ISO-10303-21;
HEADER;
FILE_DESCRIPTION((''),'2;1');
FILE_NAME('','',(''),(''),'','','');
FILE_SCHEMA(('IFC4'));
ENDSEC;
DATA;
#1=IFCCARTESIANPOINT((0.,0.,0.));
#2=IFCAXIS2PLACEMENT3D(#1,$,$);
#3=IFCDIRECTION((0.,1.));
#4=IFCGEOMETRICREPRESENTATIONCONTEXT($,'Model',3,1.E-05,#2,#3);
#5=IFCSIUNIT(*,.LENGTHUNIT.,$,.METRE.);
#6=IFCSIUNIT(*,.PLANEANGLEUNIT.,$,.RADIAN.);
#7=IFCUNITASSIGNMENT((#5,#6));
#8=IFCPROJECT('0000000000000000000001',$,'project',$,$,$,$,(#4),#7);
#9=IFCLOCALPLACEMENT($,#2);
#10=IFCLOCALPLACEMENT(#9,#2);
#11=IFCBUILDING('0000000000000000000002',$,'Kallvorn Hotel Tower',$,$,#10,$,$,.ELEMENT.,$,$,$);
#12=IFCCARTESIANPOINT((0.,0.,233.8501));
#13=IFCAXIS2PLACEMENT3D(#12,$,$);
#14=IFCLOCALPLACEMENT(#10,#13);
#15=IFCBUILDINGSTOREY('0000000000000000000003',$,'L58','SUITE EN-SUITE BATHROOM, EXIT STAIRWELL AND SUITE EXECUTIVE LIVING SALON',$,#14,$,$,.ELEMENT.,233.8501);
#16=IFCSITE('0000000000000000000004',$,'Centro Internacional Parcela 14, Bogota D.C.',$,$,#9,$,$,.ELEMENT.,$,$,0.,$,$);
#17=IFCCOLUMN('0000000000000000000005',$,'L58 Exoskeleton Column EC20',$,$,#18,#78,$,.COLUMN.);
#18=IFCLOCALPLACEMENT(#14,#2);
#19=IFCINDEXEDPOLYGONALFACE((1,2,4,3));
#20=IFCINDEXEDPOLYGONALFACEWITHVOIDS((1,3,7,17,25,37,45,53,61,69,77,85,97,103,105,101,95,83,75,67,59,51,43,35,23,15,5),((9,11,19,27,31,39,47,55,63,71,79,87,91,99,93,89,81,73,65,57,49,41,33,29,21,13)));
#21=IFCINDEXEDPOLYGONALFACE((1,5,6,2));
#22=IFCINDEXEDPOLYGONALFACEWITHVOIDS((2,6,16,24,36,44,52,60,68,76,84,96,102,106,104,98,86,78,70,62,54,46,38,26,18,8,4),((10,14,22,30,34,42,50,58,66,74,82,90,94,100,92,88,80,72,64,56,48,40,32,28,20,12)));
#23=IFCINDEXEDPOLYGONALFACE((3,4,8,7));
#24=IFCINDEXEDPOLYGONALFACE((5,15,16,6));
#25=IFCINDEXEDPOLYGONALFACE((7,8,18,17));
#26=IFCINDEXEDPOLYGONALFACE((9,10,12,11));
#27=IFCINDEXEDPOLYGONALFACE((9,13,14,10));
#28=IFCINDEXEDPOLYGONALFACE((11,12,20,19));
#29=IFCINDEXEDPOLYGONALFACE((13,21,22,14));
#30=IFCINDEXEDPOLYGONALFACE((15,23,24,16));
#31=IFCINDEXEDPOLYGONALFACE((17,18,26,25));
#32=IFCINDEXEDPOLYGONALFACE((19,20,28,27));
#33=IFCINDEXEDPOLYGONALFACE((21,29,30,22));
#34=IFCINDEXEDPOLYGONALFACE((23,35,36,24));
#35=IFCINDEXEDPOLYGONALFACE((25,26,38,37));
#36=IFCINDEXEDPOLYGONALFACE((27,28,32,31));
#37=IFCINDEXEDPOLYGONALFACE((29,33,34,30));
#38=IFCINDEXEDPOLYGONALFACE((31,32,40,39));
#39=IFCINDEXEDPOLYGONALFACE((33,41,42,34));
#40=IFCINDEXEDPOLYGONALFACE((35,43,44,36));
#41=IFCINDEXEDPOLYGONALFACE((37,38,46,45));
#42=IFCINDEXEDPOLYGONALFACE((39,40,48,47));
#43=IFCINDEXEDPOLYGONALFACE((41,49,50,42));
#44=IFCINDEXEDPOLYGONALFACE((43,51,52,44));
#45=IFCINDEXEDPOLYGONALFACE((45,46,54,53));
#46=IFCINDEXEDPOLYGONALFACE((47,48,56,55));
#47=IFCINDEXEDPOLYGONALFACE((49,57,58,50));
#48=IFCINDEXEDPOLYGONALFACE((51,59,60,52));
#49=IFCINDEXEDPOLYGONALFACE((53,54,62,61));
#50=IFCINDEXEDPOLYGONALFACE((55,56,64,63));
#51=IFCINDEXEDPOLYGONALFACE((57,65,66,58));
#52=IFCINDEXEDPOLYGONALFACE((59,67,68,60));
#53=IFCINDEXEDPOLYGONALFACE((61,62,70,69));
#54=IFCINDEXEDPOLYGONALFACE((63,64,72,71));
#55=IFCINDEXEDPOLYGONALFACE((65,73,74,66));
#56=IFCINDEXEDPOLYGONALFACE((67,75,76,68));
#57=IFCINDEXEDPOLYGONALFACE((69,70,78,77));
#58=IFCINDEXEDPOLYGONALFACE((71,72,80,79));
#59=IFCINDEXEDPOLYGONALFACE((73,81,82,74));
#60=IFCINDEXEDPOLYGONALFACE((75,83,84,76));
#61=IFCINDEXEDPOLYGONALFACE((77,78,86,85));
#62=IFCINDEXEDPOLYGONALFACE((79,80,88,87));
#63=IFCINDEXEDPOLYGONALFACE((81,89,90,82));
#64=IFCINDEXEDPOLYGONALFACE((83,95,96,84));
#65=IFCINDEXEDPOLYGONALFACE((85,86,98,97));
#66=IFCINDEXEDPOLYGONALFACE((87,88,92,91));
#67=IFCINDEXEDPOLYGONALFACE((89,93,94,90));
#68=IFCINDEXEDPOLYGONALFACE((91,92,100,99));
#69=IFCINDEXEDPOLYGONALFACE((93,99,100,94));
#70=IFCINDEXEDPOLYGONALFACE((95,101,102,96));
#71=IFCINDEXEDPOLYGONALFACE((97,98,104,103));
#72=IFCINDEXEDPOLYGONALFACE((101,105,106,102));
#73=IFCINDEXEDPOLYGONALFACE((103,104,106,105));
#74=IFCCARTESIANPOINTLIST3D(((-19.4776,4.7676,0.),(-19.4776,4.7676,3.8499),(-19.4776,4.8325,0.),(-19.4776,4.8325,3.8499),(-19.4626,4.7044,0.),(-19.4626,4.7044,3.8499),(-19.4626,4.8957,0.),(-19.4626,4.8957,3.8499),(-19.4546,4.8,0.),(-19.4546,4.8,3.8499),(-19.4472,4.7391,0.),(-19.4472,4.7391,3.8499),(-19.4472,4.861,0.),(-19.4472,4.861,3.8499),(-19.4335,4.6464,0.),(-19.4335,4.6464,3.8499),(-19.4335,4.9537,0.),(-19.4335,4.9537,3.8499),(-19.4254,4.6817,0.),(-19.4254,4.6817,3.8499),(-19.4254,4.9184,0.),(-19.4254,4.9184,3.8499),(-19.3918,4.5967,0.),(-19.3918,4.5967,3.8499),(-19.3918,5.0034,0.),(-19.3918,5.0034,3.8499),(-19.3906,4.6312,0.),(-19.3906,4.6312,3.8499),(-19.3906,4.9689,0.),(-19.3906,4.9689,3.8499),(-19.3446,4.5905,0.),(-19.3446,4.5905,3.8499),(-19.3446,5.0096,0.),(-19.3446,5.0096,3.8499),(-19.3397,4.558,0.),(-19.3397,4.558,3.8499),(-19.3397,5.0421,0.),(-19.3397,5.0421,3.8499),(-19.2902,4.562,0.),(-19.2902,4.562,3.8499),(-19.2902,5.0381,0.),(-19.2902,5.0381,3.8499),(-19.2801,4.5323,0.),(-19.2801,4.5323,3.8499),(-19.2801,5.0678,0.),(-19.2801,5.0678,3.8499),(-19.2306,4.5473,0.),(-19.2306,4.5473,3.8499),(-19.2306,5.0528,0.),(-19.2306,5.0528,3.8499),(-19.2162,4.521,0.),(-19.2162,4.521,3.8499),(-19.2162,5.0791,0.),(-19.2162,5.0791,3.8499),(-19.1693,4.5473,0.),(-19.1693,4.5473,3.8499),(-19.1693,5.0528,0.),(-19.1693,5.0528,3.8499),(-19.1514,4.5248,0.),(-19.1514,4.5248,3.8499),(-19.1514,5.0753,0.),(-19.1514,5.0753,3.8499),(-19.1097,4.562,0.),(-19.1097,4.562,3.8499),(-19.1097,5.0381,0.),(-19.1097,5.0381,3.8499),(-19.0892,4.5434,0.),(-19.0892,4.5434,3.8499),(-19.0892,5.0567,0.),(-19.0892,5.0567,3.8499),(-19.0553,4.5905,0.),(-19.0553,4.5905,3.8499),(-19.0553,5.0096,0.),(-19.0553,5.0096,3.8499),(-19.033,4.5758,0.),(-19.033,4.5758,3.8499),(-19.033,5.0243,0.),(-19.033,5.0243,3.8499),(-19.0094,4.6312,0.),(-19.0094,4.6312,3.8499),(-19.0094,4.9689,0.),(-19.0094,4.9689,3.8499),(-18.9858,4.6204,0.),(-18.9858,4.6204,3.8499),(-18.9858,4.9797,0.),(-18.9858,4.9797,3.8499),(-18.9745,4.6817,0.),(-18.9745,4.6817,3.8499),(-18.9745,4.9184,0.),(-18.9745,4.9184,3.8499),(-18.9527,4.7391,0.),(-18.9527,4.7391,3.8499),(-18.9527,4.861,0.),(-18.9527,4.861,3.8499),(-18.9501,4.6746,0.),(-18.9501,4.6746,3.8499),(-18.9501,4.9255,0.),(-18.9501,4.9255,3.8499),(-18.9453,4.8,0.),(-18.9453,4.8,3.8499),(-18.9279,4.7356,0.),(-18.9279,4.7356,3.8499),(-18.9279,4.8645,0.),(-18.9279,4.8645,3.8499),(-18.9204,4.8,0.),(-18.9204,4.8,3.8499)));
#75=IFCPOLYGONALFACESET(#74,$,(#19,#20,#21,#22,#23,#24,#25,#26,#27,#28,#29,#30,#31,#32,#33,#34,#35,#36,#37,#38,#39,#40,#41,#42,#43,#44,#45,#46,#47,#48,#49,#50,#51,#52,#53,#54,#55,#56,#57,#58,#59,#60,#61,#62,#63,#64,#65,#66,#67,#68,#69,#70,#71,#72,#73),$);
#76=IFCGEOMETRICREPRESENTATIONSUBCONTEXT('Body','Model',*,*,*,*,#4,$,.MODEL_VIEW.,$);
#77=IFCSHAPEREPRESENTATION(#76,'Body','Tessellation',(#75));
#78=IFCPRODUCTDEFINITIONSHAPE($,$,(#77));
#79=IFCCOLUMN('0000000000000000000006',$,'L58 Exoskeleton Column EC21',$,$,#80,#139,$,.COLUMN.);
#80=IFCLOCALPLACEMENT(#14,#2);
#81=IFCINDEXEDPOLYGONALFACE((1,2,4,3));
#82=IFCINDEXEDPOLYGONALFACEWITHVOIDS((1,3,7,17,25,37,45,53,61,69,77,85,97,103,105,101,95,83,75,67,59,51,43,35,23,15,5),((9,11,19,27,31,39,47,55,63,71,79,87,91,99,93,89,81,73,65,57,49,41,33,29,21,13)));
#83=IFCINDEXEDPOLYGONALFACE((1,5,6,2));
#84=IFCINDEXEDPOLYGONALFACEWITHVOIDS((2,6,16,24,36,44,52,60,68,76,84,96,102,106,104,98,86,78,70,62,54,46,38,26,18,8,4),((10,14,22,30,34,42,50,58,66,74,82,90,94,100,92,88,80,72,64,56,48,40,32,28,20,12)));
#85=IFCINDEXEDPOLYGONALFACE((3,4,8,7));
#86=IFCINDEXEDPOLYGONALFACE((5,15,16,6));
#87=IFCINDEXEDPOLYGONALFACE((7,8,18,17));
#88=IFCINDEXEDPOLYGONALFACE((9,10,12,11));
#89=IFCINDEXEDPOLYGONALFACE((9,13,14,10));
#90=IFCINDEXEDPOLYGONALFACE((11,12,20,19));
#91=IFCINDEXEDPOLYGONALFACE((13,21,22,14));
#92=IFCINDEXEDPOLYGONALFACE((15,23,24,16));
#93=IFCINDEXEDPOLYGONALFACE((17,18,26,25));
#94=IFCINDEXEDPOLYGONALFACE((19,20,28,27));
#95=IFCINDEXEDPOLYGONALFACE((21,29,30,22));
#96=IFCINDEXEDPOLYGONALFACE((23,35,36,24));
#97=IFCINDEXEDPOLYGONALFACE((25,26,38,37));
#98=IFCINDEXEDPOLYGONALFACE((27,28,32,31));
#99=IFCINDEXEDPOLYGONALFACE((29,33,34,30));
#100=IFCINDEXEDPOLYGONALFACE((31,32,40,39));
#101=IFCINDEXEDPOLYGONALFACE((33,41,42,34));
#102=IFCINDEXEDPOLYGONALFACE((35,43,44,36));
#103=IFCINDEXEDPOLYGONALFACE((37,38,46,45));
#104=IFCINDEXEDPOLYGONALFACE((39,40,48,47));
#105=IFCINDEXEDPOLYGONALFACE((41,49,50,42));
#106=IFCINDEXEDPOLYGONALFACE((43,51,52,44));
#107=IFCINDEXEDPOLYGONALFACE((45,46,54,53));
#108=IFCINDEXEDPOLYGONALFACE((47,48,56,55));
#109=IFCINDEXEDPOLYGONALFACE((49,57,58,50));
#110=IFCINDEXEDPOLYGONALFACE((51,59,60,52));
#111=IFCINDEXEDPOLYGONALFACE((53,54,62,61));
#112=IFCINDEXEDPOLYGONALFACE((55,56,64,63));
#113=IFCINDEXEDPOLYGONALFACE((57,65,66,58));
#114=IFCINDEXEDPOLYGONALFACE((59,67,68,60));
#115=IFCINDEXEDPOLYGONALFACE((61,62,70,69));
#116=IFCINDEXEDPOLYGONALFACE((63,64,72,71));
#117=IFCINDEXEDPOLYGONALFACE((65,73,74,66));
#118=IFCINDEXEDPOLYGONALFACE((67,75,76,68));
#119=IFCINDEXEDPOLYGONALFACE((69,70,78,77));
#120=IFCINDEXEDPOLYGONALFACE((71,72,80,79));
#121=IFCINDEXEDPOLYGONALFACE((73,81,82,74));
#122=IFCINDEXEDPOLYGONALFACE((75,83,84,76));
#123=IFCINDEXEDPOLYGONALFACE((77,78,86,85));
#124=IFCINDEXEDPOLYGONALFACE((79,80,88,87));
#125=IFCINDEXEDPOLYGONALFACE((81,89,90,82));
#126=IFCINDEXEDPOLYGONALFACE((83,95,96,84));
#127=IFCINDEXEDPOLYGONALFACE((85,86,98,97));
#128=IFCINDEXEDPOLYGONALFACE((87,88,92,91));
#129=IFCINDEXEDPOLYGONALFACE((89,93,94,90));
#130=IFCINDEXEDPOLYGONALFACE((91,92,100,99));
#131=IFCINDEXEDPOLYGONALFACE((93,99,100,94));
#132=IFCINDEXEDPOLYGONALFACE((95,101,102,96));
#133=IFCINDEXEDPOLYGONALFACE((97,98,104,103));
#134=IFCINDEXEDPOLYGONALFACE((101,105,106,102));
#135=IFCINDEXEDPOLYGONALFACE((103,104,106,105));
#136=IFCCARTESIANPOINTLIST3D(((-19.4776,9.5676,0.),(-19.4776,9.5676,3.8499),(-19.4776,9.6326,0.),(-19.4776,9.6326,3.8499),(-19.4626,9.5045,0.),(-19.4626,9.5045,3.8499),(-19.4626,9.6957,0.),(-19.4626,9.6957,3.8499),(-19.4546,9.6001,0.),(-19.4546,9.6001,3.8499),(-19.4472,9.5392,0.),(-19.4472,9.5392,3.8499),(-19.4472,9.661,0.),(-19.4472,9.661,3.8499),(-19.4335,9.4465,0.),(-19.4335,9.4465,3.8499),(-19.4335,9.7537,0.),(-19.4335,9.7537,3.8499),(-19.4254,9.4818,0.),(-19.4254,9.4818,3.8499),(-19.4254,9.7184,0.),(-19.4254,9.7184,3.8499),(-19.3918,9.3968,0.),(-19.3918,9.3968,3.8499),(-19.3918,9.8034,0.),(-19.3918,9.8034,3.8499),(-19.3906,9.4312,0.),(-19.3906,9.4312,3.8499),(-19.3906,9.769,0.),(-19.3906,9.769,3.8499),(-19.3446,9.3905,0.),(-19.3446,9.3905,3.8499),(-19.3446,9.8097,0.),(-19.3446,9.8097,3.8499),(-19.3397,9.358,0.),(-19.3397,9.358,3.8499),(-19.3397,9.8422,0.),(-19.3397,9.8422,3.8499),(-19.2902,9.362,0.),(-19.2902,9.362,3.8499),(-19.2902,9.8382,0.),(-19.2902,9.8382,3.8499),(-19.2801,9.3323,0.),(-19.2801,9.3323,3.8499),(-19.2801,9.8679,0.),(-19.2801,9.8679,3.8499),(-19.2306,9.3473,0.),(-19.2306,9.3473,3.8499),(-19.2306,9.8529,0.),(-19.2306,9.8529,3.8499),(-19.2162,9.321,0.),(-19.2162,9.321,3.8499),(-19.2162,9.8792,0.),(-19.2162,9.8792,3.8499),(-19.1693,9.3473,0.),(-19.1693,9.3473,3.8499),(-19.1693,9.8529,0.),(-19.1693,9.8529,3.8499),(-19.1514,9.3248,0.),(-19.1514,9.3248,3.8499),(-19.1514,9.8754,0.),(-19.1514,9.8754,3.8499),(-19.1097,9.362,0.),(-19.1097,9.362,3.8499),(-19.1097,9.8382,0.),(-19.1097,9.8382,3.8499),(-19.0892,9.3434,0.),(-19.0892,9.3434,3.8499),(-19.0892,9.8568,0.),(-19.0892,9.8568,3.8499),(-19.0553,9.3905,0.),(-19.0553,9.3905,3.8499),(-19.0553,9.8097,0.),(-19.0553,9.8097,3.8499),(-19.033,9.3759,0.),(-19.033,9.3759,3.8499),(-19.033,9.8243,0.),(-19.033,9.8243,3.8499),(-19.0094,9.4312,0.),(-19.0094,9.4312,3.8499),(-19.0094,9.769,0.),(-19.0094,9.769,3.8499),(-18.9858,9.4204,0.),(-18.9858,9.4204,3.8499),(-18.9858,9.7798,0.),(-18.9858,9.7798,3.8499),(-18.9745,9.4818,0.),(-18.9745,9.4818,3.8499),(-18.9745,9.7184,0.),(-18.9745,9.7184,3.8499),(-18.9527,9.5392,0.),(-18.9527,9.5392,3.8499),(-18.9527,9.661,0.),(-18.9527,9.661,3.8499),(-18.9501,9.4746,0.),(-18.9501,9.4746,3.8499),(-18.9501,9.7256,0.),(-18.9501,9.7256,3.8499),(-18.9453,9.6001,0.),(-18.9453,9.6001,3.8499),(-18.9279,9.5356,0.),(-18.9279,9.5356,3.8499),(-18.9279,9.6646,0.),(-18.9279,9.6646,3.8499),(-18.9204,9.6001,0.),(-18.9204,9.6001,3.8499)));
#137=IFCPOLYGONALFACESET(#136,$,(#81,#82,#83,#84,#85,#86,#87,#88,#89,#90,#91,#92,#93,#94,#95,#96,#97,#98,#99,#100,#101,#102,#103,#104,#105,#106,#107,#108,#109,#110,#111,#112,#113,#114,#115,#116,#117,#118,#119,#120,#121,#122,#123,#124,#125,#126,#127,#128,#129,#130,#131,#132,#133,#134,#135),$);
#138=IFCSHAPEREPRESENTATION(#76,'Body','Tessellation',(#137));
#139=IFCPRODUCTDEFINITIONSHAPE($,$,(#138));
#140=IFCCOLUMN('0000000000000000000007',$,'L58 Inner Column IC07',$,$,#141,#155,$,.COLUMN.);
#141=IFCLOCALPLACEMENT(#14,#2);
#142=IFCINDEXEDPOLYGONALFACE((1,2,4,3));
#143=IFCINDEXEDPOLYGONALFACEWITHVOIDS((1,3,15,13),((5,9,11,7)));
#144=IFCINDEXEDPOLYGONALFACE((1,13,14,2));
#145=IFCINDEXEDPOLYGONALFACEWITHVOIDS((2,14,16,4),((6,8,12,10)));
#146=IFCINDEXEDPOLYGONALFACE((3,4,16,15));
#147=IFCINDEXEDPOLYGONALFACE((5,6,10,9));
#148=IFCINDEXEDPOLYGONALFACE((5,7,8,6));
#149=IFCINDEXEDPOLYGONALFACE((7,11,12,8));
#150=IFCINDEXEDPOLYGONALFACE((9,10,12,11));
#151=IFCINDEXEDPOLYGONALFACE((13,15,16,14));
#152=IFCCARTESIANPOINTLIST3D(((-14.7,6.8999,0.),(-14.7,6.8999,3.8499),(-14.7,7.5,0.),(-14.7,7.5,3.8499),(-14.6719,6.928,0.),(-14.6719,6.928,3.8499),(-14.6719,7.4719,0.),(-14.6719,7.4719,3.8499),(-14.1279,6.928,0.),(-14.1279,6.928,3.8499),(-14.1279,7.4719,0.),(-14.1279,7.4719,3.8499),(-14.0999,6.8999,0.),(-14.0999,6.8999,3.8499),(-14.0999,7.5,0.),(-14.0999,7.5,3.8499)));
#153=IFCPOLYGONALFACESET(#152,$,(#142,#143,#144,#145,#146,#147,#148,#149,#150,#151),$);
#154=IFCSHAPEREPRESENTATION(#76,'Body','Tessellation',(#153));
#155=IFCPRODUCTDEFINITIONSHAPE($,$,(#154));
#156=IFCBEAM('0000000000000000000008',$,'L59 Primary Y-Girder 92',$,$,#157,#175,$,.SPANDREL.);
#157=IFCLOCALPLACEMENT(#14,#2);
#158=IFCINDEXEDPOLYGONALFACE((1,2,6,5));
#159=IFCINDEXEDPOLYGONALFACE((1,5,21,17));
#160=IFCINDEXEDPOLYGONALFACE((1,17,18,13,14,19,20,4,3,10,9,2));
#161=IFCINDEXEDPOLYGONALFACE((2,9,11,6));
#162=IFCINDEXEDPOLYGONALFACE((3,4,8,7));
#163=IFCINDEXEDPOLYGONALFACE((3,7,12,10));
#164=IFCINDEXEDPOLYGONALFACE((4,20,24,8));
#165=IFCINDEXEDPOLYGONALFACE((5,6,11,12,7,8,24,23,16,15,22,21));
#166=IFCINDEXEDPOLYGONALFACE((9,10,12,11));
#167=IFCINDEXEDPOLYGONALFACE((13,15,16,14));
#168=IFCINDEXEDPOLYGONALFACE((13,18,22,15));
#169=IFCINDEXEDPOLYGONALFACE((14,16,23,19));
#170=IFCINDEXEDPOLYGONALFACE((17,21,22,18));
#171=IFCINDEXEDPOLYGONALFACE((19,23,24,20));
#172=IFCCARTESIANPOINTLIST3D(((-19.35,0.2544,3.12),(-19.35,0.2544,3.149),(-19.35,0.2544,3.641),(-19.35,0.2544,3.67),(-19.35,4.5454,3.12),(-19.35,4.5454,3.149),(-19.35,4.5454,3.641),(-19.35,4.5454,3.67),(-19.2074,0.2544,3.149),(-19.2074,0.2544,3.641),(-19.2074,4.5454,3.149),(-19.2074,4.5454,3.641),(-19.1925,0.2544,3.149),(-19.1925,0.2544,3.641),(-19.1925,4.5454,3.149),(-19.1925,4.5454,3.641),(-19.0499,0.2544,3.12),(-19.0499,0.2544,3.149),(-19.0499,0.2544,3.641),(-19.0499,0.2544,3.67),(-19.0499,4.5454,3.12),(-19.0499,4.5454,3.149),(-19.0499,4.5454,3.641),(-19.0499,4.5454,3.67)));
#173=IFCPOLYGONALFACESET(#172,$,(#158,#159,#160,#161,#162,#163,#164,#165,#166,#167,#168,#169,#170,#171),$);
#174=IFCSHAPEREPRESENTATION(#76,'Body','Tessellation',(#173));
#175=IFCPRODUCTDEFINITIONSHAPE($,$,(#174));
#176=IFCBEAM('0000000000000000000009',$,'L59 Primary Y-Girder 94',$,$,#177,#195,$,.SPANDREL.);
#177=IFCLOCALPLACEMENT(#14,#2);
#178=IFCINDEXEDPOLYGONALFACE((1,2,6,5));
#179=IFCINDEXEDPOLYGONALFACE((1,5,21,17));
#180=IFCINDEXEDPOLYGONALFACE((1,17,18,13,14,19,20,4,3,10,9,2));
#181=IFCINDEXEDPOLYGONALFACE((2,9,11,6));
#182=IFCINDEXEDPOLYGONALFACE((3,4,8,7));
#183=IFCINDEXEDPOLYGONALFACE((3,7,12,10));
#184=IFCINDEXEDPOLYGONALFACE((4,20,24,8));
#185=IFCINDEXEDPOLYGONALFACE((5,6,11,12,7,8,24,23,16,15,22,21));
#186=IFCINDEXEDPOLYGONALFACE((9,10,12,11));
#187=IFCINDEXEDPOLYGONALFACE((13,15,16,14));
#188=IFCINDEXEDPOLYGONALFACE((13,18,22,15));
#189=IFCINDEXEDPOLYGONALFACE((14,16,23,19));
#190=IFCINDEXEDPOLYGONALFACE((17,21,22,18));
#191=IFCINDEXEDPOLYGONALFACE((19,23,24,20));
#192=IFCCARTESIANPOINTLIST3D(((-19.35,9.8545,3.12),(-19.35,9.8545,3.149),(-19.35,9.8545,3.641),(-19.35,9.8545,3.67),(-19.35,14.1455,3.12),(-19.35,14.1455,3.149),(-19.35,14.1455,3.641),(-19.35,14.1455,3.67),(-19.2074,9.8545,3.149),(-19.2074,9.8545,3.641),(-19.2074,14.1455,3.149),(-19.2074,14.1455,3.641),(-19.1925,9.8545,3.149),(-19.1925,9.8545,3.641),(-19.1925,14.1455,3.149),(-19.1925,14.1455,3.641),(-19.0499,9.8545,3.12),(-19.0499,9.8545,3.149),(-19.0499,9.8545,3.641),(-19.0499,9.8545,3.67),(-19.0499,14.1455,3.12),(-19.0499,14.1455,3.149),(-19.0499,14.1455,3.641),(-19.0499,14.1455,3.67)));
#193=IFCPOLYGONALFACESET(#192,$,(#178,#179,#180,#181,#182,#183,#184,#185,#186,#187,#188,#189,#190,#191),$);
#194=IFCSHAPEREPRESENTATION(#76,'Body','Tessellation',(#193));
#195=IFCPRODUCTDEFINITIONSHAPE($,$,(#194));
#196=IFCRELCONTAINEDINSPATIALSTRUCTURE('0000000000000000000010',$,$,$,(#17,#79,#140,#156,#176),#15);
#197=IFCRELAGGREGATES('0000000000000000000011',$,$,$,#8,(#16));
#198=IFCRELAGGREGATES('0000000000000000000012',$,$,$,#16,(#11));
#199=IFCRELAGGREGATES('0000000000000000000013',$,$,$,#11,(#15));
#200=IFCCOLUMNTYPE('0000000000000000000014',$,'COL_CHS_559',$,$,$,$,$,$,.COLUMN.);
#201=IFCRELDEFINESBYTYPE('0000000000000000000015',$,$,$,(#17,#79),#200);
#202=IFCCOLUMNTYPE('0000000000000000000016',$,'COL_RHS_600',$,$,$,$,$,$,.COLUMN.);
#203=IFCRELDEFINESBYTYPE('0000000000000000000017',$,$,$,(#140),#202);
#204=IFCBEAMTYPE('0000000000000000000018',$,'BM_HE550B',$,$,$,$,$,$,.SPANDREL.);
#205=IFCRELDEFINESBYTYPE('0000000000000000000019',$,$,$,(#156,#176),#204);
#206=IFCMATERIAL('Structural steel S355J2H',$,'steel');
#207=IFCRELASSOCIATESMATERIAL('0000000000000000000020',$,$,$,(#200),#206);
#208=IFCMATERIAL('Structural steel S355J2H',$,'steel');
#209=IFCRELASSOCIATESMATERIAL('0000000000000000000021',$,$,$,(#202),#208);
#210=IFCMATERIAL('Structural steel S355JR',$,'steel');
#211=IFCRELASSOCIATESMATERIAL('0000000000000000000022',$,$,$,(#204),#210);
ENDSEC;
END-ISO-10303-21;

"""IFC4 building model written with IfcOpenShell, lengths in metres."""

from ifc_helpers import new_model, si_unit, direction, frame, origin, origin_2d, place, context, subcontext, project, spatial, hollow_rectangle, hollow_circle, i_section, extrude, material, material_profile, profile_set, type_object, element, save


model = new_model("IFC4")

# Units and contexts
model_context = context("Model", 3, precision=1e-05, world=origin(), true_north=direction((0.0, 1.0)))
body_context = subcontext(model_context, "Body", "Model", "MODEL_VIEW")
ifc_project = project(units=[si_unit("LENGTHUNIT", "METRE"), si_unit("PLANEANGLEUNIT", "RADIAN")], contexts=[model_context])

# Site, building, storey
site_placement = place(None, origin())
site = spatial("IfcSite", under=ifc_project, at=site_placement, Name="Centro Internacional Parcela 14, Bogota D.C.", CompositionType="ELEMENT", RefElevation=0.0)
building_placement = place(site_placement, origin())
building = spatial("IfcBuilding", under=site, at=building_placement, Name="Kallvorn Hotel Tower", CompositionType="ELEMENT")
storey_placement = place(building_placement, frame((0.0, 0.0, 233.8501)))
storey = spatial("IfcBuildingStorey", under=building, at=storey_placement, Name="L58", Description="SUITE EN-SUITE BATHROOM, EXIT STAIRWELL AND SUITE EXECUTIVE LIVING SALON", CompositionType="ELEMENT", Elevation=233.8501)

# Columns
ifc_material_1 = material(Name="Structural steel S355J2H", Category="steel")
ifc_material_profile_1 = material_profile(ifc_material_1, hollow_circle(Radius=0.2795, WallThickness=0.0249, at=origin_2d()), Name="CHS 559x25")
ifc_profile_set_1 = profile_set([ifc_material_profile_1], Name="Structural steel S355J2H")
column_type_1 = type_object("IfcColumnType", Name="COL_CHS_559", PredefinedType="COLUMN", material=ifc_profile_set_1)
for number, where, z_axis, x_axis, name in (
    (1, (-19.2, 4.8, 0.0), (0.0, 0.0, 1.0), (1.0, 0.0, 0.0), "L58 Exoskeleton Column EC20"),
    (2, (-19.2, 9.6001, 0.0), (0.0, 0.0, 1.0), (1.0, 0.0, 0.0), "L58 Exoskeleton Column EC21"),
):
    element("IfcColumn", number, at=place(storey_placement, frame(where, z_axis=z_axis, x_axis=x_axis)), inside=storey, type_object=column_type_1, Name=name, PredefinedType="COLUMN", context=body_context, shape_type="SweptSolid", body=[
        extrude(hollow_circle(Radius=0.2795, WallThickness=0.0249, at=origin_2d()), origin(), (0.0, 0.0, 1.0), 3.8499),
    ])
ifc_material_2 = material(Name="Structural steel S355J2H", Category="steel")
ifc_material_profile_2 = material_profile(ifc_material_2, hollow_rectangle(XDim=0.6001, YDim=0.6001, WallThickness=0.0281, at=origin_2d()), Name="RHS 600x600x28")
ifc_profile_set_2 = profile_set([ifc_material_profile_2], Name="Structural steel S355J2H")
column_type_2 = type_object("IfcColumnType", Name="COL_RHS_600", PredefinedType="COLUMN", material=ifc_profile_set_2)
column_placement = place(storey_placement, frame((-14.3999, 7.2, 0.0), z_axis=(0.0, 0.0, 1.0), x_axis=(1.0, 0.0, 0.0)))
element("IfcColumn", 3, at=column_placement, inside=storey, type_object=column_type_2, Name="L58 Inner Column IC07", PredefinedType="COLUMN", context=body_context, shape_type="SweptSolid", body=[
    extrude(hollow_rectangle(XDim=0.6001, YDim=0.6001, WallThickness=0.0281, at=origin_2d()), origin(), (0.0, 0.0, 1.0), 3.8499),
])

# Beams
ifc_material_3 = material(Name="Structural steel S355JR", Category="steel")
ifc_material_profile_3 = material_profile(ifc_material_3, i_section(OverallWidth=0.3, OverallDepth=0.55, WebThickness=0.0149, FlangeThickness=0.0291, at=origin_2d()), Name="HE 550 B")
ifc_profile_set_3 = profile_set([ifc_material_profile_3], Name="Structural steel S355JR")
beam_type_1 = type_object("IfcBeamType", Name="BM_HE550B", PredefinedType="SPANDREL", material=ifc_profile_set_3)
for number, where, z_axis, x_axis, name in (
    (4, (-19.2, 0.2544, 3.395), (0.0, 1.0, 0.0), (-1.0, 0.0, 0.0), "L59 Primary Y-Girder 92"),
    (5, (-19.2, 9.8545, 3.395), (0.0, 1.0, 0.0), (-1.0, 0.0, 0.0), "L59 Primary Y-Girder 94"),
):
    element("IfcBeam", number, at=place(storey_placement, frame(where, z_axis=z_axis, x_axis=x_axis)), inside=storey, type_object=beam_type_1, Name=name, PredefinedType="SPANDREL", context=body_context, shape_type="SweptSolid", body=[
        extrude(i_section(OverallWidth=0.3, OverallDepth=0.55, WebThickness=0.0149, FlangeThickness=0.0291, at=origin_2d()), origin(), (0.0, 0.0, 1.0), 4.291),
    ])

save(model, "model.ifc")
